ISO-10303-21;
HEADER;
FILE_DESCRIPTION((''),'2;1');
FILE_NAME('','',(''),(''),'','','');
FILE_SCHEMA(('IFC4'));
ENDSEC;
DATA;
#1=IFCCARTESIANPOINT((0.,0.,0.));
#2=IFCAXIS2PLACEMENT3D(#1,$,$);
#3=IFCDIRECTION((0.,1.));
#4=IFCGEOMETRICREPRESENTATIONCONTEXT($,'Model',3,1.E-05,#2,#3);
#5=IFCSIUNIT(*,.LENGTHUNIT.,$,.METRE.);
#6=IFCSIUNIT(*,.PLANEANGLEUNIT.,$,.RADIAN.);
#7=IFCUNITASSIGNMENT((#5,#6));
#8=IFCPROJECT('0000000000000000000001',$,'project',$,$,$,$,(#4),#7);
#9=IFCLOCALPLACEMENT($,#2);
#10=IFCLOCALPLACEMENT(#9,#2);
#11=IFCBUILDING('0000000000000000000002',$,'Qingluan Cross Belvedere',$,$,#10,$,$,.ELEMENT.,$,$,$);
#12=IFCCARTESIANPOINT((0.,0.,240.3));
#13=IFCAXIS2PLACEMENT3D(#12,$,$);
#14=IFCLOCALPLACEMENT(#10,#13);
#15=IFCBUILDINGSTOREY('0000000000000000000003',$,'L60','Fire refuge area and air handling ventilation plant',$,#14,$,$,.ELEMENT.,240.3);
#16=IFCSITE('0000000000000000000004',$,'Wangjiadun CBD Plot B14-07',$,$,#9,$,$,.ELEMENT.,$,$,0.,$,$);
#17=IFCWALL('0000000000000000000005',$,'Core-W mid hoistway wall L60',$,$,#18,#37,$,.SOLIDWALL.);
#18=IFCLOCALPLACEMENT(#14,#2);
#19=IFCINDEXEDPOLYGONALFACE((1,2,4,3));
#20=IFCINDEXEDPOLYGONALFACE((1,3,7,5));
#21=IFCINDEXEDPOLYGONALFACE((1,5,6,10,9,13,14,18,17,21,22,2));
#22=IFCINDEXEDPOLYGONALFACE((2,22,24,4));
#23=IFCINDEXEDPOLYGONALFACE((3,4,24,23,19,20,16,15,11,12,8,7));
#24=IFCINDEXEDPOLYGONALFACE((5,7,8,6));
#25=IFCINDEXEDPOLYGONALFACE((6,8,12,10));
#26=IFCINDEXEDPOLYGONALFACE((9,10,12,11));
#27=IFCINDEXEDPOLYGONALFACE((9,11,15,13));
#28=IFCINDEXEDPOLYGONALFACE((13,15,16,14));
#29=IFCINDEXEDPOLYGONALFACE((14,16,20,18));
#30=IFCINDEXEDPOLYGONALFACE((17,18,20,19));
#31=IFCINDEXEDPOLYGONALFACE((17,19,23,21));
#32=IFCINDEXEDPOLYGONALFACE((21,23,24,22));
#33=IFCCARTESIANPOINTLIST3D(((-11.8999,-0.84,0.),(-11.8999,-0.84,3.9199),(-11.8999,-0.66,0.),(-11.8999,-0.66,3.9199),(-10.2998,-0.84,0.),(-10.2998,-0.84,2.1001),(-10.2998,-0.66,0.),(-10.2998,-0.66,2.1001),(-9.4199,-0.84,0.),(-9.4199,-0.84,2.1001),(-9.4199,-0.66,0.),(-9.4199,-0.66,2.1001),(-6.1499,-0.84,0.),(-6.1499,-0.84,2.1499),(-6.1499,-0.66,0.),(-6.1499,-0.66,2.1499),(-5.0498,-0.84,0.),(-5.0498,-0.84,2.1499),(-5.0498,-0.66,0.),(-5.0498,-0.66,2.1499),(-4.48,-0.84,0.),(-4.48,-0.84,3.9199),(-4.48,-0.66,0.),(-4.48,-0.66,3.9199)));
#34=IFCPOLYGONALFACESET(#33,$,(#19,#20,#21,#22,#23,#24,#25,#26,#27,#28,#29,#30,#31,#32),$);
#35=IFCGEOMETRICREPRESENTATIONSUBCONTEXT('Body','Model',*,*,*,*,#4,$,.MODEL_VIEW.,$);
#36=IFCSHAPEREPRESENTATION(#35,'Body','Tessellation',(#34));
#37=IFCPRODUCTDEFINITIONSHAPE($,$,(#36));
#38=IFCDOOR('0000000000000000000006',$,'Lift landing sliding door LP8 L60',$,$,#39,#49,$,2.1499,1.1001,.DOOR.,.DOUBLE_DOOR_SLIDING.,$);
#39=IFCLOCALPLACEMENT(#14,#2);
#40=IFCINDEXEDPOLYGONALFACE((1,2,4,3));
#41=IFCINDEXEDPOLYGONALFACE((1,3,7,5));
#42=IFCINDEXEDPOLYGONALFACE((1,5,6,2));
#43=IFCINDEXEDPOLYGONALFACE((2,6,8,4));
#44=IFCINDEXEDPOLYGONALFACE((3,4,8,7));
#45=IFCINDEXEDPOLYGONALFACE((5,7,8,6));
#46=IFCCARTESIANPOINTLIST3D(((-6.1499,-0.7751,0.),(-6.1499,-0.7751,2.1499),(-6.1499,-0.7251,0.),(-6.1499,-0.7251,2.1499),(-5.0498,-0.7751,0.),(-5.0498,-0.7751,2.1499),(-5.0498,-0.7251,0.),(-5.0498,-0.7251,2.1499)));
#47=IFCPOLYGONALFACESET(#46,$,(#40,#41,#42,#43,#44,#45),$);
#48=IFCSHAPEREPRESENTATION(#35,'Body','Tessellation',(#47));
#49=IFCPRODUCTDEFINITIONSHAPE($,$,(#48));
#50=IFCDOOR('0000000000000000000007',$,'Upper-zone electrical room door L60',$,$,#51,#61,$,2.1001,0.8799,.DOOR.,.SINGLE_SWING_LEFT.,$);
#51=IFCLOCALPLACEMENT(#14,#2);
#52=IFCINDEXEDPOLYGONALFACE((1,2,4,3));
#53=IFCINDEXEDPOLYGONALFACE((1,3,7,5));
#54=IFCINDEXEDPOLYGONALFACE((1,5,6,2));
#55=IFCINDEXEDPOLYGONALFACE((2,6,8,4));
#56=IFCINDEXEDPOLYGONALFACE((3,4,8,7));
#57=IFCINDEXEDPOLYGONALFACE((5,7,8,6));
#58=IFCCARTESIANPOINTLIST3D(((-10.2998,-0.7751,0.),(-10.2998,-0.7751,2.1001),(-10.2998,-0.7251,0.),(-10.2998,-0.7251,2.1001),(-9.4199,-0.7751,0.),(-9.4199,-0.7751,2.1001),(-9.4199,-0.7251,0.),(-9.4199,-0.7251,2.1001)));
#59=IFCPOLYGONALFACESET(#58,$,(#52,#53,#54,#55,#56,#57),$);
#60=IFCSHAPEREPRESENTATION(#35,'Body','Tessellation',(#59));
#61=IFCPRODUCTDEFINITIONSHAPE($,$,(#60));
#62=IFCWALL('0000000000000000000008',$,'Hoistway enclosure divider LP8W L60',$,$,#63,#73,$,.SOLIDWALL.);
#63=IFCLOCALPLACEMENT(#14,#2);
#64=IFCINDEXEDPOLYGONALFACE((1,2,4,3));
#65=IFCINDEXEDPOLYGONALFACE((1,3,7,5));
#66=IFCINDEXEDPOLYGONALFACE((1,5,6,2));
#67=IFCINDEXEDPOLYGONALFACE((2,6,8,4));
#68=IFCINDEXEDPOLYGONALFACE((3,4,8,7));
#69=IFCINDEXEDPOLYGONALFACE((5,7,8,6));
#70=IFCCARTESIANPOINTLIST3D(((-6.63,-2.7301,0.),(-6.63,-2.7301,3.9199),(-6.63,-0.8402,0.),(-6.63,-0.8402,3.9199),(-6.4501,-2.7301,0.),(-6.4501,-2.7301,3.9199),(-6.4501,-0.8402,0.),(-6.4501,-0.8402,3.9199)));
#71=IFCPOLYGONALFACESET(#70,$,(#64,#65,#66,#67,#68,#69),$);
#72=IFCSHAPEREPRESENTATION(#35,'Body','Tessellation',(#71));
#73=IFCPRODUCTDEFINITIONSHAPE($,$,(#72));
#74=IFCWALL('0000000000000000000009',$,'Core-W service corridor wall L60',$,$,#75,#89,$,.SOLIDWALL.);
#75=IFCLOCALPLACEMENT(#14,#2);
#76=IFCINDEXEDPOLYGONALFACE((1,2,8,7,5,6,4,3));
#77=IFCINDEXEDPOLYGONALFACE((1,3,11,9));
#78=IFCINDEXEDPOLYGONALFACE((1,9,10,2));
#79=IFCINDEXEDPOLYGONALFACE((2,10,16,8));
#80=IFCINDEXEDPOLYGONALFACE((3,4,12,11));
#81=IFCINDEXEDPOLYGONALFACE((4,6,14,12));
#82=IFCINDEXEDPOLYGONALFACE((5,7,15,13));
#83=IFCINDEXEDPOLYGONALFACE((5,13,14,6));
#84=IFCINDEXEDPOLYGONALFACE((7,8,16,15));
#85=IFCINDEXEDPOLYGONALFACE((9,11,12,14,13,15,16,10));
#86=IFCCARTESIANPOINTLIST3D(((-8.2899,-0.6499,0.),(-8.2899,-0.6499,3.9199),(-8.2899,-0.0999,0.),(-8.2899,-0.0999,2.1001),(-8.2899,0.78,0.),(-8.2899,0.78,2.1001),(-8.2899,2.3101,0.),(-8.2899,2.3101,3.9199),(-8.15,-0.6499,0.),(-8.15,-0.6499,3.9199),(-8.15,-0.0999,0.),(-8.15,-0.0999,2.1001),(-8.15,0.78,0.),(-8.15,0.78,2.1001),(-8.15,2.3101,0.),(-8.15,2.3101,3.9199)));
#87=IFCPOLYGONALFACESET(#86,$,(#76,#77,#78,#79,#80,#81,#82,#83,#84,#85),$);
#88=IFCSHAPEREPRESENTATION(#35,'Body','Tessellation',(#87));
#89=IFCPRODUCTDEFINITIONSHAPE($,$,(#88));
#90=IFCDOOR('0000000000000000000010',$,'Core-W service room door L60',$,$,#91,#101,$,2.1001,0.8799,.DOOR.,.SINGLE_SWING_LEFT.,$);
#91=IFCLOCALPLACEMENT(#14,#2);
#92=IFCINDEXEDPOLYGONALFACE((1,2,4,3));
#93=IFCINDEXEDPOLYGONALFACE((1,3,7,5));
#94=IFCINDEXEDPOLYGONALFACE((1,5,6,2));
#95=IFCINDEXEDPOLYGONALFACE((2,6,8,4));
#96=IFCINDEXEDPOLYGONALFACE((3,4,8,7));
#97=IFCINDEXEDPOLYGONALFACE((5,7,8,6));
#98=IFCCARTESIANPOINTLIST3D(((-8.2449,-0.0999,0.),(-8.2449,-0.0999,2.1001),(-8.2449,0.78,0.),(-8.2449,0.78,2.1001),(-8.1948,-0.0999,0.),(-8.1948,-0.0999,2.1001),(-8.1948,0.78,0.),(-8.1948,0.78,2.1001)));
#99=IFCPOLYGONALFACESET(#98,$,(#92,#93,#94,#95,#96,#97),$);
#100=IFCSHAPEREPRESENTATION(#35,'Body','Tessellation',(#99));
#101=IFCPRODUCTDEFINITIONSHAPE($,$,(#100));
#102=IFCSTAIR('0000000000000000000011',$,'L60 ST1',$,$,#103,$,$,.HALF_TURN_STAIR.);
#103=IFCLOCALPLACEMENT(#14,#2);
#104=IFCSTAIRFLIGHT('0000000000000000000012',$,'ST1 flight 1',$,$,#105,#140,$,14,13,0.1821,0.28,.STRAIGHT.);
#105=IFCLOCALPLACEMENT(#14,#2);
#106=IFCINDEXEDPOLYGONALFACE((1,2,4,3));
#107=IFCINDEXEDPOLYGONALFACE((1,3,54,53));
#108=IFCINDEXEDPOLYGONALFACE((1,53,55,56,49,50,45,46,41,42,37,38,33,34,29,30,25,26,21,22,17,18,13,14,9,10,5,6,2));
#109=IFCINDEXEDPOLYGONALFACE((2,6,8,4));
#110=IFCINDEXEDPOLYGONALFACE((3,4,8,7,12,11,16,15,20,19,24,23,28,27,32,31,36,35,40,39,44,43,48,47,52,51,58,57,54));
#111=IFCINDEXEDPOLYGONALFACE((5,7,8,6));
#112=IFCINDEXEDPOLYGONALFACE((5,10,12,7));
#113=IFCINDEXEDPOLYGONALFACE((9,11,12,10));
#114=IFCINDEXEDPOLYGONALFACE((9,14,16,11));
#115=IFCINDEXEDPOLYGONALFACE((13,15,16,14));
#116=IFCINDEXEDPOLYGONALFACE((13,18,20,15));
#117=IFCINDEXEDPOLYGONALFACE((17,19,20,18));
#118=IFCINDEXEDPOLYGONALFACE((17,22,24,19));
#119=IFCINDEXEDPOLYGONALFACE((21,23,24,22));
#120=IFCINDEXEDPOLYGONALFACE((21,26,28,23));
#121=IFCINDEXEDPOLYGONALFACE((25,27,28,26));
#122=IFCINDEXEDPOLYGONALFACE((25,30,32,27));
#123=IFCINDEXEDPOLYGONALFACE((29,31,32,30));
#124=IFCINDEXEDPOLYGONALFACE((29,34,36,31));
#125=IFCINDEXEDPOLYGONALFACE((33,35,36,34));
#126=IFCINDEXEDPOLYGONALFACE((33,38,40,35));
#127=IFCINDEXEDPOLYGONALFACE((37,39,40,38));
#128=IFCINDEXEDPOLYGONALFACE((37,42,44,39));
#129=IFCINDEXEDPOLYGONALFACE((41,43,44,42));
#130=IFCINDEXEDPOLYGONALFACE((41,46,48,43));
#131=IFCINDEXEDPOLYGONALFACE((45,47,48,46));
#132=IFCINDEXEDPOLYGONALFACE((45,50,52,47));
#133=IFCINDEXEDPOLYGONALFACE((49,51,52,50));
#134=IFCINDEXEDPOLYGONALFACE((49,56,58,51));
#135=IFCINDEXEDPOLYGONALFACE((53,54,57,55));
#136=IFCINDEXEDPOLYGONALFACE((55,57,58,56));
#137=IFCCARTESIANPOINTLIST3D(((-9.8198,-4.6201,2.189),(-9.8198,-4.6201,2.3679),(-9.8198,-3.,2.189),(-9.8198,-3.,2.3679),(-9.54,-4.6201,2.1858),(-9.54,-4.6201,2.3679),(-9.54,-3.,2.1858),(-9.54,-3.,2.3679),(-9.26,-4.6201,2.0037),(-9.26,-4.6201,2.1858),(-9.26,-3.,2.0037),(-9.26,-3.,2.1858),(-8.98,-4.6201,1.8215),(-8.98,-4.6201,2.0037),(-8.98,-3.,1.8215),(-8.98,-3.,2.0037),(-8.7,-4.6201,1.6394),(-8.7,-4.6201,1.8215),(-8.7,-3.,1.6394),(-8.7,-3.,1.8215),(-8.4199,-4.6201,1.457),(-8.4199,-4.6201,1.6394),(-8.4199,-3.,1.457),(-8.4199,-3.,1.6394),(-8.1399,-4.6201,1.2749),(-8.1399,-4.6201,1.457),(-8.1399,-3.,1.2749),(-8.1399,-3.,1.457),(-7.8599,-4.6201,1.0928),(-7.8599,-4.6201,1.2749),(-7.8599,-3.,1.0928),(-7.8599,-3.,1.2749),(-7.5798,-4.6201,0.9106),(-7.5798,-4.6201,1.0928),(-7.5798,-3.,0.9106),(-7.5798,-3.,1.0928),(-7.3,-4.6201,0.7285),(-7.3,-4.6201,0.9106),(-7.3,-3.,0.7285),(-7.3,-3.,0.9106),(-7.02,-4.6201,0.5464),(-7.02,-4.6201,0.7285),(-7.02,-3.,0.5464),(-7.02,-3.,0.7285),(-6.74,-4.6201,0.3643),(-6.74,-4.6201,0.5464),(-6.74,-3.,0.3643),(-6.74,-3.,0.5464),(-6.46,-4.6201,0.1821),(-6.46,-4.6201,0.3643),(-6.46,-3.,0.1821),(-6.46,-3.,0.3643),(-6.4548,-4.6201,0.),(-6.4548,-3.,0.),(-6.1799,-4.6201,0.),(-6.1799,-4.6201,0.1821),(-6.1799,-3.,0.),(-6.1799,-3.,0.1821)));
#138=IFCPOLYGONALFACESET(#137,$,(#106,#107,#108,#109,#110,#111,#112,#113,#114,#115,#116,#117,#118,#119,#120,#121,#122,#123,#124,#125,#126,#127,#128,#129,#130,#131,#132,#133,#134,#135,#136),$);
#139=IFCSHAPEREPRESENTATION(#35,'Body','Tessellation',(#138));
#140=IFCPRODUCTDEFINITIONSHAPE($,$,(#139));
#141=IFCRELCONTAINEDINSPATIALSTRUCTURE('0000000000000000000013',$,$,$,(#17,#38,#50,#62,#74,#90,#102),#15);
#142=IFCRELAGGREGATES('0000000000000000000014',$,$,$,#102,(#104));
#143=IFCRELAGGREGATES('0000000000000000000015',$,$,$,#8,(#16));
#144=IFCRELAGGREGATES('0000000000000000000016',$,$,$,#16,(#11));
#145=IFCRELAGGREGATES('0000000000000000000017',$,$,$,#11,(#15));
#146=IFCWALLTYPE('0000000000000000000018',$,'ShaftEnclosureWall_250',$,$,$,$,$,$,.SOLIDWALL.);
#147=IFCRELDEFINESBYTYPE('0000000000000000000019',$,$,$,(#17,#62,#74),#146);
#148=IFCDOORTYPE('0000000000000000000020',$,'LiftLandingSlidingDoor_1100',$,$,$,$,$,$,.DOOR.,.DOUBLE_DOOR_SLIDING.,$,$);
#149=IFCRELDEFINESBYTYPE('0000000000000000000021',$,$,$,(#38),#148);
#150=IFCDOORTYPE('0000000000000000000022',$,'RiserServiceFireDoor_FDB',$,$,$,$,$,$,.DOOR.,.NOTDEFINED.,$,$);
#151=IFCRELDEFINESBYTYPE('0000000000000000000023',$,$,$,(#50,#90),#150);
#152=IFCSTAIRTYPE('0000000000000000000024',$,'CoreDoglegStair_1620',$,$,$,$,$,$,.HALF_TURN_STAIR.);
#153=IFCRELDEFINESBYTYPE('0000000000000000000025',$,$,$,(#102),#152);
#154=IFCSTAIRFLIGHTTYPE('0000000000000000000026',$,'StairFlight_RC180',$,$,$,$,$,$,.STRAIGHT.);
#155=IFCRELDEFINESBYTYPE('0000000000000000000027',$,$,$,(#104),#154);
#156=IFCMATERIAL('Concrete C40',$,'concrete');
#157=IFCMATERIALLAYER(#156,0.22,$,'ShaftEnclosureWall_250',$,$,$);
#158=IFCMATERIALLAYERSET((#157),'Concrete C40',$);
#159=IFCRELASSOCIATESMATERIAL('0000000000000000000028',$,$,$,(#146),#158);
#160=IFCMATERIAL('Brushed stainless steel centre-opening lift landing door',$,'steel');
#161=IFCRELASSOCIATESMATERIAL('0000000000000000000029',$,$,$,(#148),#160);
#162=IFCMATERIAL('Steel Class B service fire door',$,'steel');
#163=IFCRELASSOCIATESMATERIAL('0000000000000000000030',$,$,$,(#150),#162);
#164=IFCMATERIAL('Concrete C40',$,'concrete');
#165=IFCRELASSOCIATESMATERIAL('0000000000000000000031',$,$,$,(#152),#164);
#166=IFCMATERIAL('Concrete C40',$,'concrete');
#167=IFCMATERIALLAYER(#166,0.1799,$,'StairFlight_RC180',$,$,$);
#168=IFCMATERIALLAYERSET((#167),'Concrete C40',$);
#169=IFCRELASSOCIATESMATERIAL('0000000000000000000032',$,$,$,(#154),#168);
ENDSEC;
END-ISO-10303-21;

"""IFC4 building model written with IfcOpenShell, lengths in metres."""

from ifc_helpers import new_model, si_unit, direction, frame, frame_2d, origin, place, context, subcontext, project, spatial, polyline, rectangle, outline, extrude, material, layer, layer_set, type_object, element, fill, aggregate, save


model = new_model("IFC4")

# Units and contexts
model_context = context("Model", 3, precision=1e-05, world=origin(), true_north=direction((0.0, 1.0)))
body_context = subcontext(model_context, "Body", "Model", "MODEL_VIEW")
ifc_project = project(units=[si_unit("LENGTHUNIT", "METRE"), si_unit("PLANEANGLEUNIT", "RADIAN")], contexts=[model_context])

# Site, building, storey
site_placement = place(None, origin())
site = spatial("IfcSite", under=ifc_project, at=site_placement, Name="Wangjiadun CBD Plot B14-07", CompositionType="ELEMENT", RefElevation=0.0)
building_placement = place(site_placement, origin())
building = spatial("IfcBuilding", under=site, at=building_placement, Name="Qingluan Cross Belvedere", CompositionType="ELEMENT")
storey_placement = place(building_placement, frame((0.0, 0.0, 240.3)))
storey = spatial("IfcBuildingStorey", under=building, at=storey_placement, Name="L60", Description="Fire refuge area and air handling ventilation plant", CompositionType="ELEMENT", Elevation=240.3)

# Wall, openings, doors
ifc_material_1 = material(Name="Concrete C40", Category="concrete")
ifc_layer_1 = layer(ifc_material_1, 0.22, Name="ShaftEnclosureWall_250")
ifc_layer_set_1 = layer_set([ifc_layer_1], Name="Concrete C40")
wall_type_1 = type_object("IfcWallType", Name="ShaftEnclosureWall_250", PredefinedType="SOLIDWALL", material=ifc_layer_set_1)
wall_1_placement = place(storey_placement, frame((-11.8999, -0.75, 0.0), z_axis=(0.0, 0.0, 1.0), x_axis=(1.0, 0.0, 0.0)))
wall_1 = element("IfcWall", 1, at=wall_1_placement, inside=storey, type_object=wall_type_1, Name="Core-W mid hoistway wall L60", PredefinedType="SOLIDWALL", context=body_context, shape_type="SweptSolid", body=[
    extrude(rectangle(XDim=7.4199, YDim=0.1799, at=frame_2d((3.71, 0.0))), origin(), (0.0, 0.0, 1.0), 3.9199),
])
opening_1_placement = place(wall_1_placement, frame((5.75, 0.0, 0.0)))
opening_1 = element("IfcOpeningElement", 2, at=opening_1_placement, cuts=wall_1, PredefinedType="OPENING", context=body_context, shape_type="SweptSolid", body=[
    extrude(rectangle(XDim=1.1001, YDim=2.1499, at=frame_2d((0.55, 1.075))), frame((0.0, 0.0999, 0.0), z_axis=(0.0, -1.0, 0.0), x_axis=(1.0, 0.0, 0.0)), (0.0, 0.0, 1.0), 0.2),
])
opening_2_placement = place(wall_1_placement, frame((1.6001, 0.0, 0.0)))
opening_2 = element("IfcOpeningElement", 3, at=opening_2_placement, cuts=wall_1, PredefinedType="OPENING", context=body_context, shape_type="SweptSolid", body=[
    extrude(rectangle(XDim=0.8799, YDim=2.1001, at=frame_2d((0.4399, 1.05))), frame((0.0, 0.0999, 0.0), z_axis=(0.0, -1.0, 0.0), x_axis=(1.0, 0.0, 0.0)), (0.0, 0.0, 1.0), 0.2),
])
ifc_material_2 = material(Name="Brushed stainless steel centre-opening lift landing door", Category="steel")
door_type_1 = type_object("IfcDoorType", Name="LiftLandingSlidingDoor_1100", OperationType="DOUBLE_DOOR_SLIDING", PredefinedType="DOOR", material=ifc_material_2)
door_1_placement = place(opening_1_placement, origin())
door_1 = element("IfcDoor", 4, at=door_1_placement, inside=storey, type_object=door_type_1, Name="Lift landing sliding door LP8 L60", OperationType="DOUBLE_DOOR_SLIDING", OverallHeight=2.1499, OverallWidth=1.1001, PredefinedType="DOOR", context=body_context, shape_type="SweptSolid", body=[
    extrude(rectangle(XDim=1.1001, YDim=2.1499, at=frame_2d((0.55, 1.075))), frame((0.0, 0.0249, 0.0), z_axis=(0.0, -1.0, 0.0), x_axis=(1.0, 0.0, 0.0)), (0.0, 0.0, 1.0), 0.05),
])
fill(opening_1, door_1)
ifc_material_3 = material(Name="Steel Class B service fire door", Category="steel")
door_type_2 = type_object("IfcDoorType", Name="RiserServiceFireDoor_FDB", OperationType="NOTDEFINED", PredefinedType="DOOR", material=ifc_material_3)
door_2_placement = place(opening_2_placement, origin())
door_2 = element("IfcDoor", 5, at=door_2_placement, inside=storey, type_object=door_type_2, Name="Upper-zone electrical room door L60", OperationType="SINGLE_SWING_LEFT", OverallHeight=2.1001, OverallWidth=0.8799, PredefinedType="DOOR", context=body_context, shape_type="SweptSolid", body=[
    extrude(rectangle(XDim=0.8799, YDim=2.1001, at=frame_2d((0.4399, 1.05))), frame((0.0, 0.0249, 0.0), z_axis=(0.0, -1.0, 0.0), x_axis=(1.0, 0.0, 0.0)), (0.0, 0.0, 1.0), 0.05),
])
fill(opening_2, door_2)

# Wall
wall_2_placement = place(storey_placement, frame((-6.54, -2.73, 0.0), z_axis=(0.0, 0.0, 1.0), x_axis=(0.0, 1.0, 0.0)))
element("IfcWall", 6, at=wall_2_placement, inside=storey, type_object=wall_type_1, Name="Hoistway enclosure divider LP8W L60", PredefinedType="SOLIDWALL", context=body_context, shape_type="SweptSolid", body=[
    extrude(rectangle(XDim=1.8899, YDim=0.1799, at=frame_2d((0.9448, 0.0))), origin(), (0.0, 0.0, 1.0), 3.9199),
])

# Wall, opening, door
wall_3_placement = place(storey_placement, frame((-8.22, -0.6499, 0.0), z_axis=(0.0, 0.0, 1.0), x_axis=(0.0, 1.0, 0.0)))
wall_3 = element("IfcWall", 7, at=wall_3_placement, inside=storey, type_object=wall_type_1, Name="Core-W service corridor wall L60", PredefinedType="SOLIDWALL", context=body_context, shape_type="SweptSolid", body=[
    extrude(rectangle(XDim=2.96, YDim=0.1399, at=frame_2d((1.48, 0.0))), origin(), (0.0, 0.0, 1.0), 3.9199),
])
opening_3_placement = place(wall_3_placement, frame((0.55, 0.0, 0.0)))
opening_3 = element("IfcOpeningElement", 8, at=opening_3_placement, cuts=wall_3, PredefinedType="OPENING", context=body_context, shape_type="SweptSolid", body=[
    extrude(rectangle(XDim=0.8799, YDim=2.1001, at=frame_2d((0.4399, 1.05))), frame((0.0, 0.0798, 0.0), z_axis=(0.0, -1.0, 0.0), x_axis=(1.0, 0.0, 0.0)), (0.0, 0.0, 1.0), 0.1599),
])
door_3_placement = place(opening_3_placement, origin())
door_3 = element("IfcDoor", 9, at=door_3_placement, inside=storey, type_object=door_type_2, Name="Core-W service room door L60", OperationType="SINGLE_SWING_LEFT", OverallHeight=2.1001, OverallWidth=0.8799, PredefinedType="DOOR", context=body_context, shape_type="SweptSolid", body=[
    extrude(rectangle(XDim=0.8799, YDim=2.1001, at=frame_2d((0.4399, 1.05))), frame((0.0, 0.0249, 0.0), z_axis=(0.0, -1.0, 0.0), x_axis=(1.0, 0.0, 0.0)), (0.0, 0.0, 1.0), 0.05),
])
fill(opening_3, door_3)

# Stair, stair flight
ifc_material_4 = material(Name="Concrete C40", Category="concrete")
stair_type = type_object("IfcStairType", Name="CoreDoglegStair_1620", PredefinedType="HALF_TURN_STAIR", material=ifc_material_4)
stair_placement = place(storey_placement, origin())
stair = element("IfcStair", 10, at=stair_placement, inside=storey, type_object=stair_type, Name="L60 ST1", PredefinedType="HALF_TURN_STAIR")
ifc_material_5 = material(Name="Concrete C40", Category="concrete")
ifc_layer_2 = layer(ifc_material_5, 0.1799, Name="StairFlight_RC180")
ifc_layer_set_2 = layer_set([ifc_layer_2], Name="Concrete C40")
stair_flight_type = type_object("IfcStairFlightType", Name="StairFlight_RC180", PredefinedType="STRAIGHT", material=ifc_layer_set_2)
stair_flight_1_placement = place(storey_placement, frame((-6.1799, -3.8101, 0.0), z_axis=(0.0, 0.0, 1.0), x_axis=(-1.0, 0.0, 0.0)))
stair_flight_1 = element("IfcStairFlight", 11, at=stair_flight_1_placement, type_object=stair_flight_type, Name="ST1 flight 1", NumberOfRisers=14, NumberOfTreads=13, PredefinedType="STRAIGHT", RiserHeight=0.1821, TreadLength=0.28, context=body_context, shape_type="SweptSolid", body=[
    extrude(outline(polyline([(0.0, 0.0), (0.0, 0.1821), (0.28, 0.1821), (0.28, 0.3643), (0.5601, 0.3643), (0.5601, 0.5464), (0.8401, 0.5464), (0.8401, 0.7285), (1.1201, 0.7285), (1.1201, 0.9106), (1.3999, 0.9106), (1.3999, 1.0928), (1.6799, 1.0928), (1.6799, 1.2749), (1.96, 1.2749), (1.96, 1.457), (2.24, 1.457), (2.24, 1.6394), (2.52, 1.6394), (2.52, 1.8215), (2.8, 1.8215), (2.8, 2.0037), (3.0801, 2.0037), (3.0801, 2.1858), (3.3601, 2.1858), (3.3601, 2.3679), (3.6399, 2.3679), (3.6399, 2.55), (3.6399, 2.189), (0.2749, 0.0), (0.0, 0.0)])), frame((0.0, 0.8101, 0.0), z_axis=(0.0, -1.0, 0.0), x_axis=(1.0, 0.0, 0.0)), (0.0, 0.0, 1.0), 1.6201),
])
aggregate(stair, [stair_flight_1])

save(model, "model.ifc")
